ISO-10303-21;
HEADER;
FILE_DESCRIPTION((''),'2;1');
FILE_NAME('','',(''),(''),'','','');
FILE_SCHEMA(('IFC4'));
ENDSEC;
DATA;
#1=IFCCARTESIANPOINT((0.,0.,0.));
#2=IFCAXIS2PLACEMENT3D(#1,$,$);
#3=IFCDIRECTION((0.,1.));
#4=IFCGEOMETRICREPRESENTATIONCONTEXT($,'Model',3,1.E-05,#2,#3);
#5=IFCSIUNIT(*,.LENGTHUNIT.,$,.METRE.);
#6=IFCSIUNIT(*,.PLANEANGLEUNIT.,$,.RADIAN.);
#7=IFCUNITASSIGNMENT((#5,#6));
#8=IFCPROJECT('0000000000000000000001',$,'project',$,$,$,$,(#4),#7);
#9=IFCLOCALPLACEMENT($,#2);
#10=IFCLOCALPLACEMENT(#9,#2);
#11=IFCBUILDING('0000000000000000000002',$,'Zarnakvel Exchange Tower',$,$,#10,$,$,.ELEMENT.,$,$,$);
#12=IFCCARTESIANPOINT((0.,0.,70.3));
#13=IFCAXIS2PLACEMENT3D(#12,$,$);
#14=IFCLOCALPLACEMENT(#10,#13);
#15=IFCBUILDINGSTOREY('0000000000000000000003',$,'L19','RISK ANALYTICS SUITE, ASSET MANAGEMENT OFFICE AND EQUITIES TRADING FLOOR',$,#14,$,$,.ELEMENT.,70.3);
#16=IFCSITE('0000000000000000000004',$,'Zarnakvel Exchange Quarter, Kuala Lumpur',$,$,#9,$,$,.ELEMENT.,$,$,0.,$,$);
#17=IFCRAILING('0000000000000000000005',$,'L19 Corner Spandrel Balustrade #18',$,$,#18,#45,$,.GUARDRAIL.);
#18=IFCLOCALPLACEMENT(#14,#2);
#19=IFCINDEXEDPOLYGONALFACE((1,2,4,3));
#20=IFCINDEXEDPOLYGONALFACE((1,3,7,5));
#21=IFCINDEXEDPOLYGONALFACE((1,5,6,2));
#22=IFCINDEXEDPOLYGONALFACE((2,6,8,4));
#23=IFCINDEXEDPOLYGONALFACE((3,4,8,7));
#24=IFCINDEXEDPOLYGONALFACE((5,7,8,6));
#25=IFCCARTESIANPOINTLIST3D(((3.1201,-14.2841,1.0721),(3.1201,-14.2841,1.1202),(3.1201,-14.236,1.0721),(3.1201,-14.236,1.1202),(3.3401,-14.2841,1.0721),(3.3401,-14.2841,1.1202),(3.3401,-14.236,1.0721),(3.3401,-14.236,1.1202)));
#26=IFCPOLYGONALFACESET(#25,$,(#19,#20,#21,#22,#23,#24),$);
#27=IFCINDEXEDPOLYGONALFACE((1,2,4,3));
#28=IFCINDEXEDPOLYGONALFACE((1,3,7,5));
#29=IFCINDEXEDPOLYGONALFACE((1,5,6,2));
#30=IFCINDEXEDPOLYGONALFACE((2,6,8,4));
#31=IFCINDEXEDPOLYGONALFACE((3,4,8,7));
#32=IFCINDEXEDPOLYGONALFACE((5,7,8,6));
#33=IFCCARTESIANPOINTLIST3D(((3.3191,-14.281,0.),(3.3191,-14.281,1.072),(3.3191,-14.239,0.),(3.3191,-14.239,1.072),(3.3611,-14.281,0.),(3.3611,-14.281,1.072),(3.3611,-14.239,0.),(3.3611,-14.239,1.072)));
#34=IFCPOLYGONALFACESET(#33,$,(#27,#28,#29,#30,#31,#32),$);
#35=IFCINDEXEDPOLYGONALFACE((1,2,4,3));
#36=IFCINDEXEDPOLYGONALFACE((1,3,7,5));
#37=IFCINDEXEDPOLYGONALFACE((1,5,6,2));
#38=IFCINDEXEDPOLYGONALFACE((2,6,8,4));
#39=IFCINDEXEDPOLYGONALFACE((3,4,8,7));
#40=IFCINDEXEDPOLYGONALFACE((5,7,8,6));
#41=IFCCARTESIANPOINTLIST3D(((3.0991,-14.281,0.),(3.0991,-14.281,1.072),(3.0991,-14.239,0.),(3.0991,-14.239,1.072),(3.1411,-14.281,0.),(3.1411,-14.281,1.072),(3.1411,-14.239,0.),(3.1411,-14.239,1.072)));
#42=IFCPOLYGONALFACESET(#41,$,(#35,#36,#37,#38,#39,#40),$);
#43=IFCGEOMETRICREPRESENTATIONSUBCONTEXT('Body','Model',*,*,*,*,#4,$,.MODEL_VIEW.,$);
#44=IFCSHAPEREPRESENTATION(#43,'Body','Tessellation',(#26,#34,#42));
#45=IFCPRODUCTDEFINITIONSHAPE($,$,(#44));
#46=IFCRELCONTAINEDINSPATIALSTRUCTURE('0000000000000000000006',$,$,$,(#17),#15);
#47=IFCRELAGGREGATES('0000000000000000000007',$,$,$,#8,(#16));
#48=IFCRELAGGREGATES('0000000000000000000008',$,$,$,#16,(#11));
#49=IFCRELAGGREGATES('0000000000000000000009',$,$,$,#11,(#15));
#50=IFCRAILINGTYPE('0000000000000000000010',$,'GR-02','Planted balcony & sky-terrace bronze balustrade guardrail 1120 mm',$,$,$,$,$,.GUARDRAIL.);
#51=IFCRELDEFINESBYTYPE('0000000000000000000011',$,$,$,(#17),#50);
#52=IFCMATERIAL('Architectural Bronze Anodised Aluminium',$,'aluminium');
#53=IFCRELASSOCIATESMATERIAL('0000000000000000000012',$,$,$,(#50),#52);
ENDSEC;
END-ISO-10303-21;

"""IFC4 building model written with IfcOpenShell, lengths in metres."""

from ifc_helpers import new_model, si_unit, direction, frame, origin, origin_2d, place, context, subcontext, project, spatial, rectangle, extrude, material, type_object, element, save


model = new_model("IFC4")

# Units and contexts
model_context = context("Model", 3, precision=1e-05, world=origin(), true_north=direction((0.0, 1.0)))
body_context = subcontext(model_context, "Body", "Model", "MODEL_VIEW")
ifc_project = project(units=[si_unit("LENGTHUNIT", "METRE"), si_unit("PLANEANGLEUNIT", "RADIAN")], contexts=[model_context])

# Site, building, storey
site_placement = place(None, origin())
site = spatial("IfcSite", under=ifc_project, at=site_placement, Name="Zarnakvel Exchange Quarter, Kuala Lumpur", CompositionType="ELEMENT", RefElevation=0.0)
building_placement = place(site_placement, origin())
building = spatial("IfcBuilding", under=site, at=building_placement, Name="Zarnakvel Exchange Tower", CompositionType="ELEMENT")
storey_placement = place(building_placement, frame((0.0, 0.0, 70.3)))
storey = spatial("IfcBuildingStorey", under=building, at=storey_placement, Name="L19", Description="RISK ANALYTICS SUITE, ASSET MANAGEMENT OFFICE AND EQUITIES TRADING FLOOR", CompositionType="ELEMENT", Elevation=70.3)

# Railing
ifc_material_1 = material(Name="Architectural Bronze Anodised Aluminium", Category="aluminium")
railing_type = type_object("IfcRailingType", Name="GR-02", Description="Planted balcony & sky-terrace bronze balustrade guardrail 1120 mm", PredefinedType="GUARDRAIL", material=ifc_material_1)
railing_placement = place(storey_placement, frame((3.3401, -14.26, 0.0)))
element("IfcRailing", 1, at=railing_placement, inside=storey, type_object=railing_type, Name="L19 Corner Spandrel Balustrade #18", PredefinedType="GUARDRAIL", context=body_context, shape_type="SweptSolid", body=[
    extrude(rectangle(XDim=0.0481, YDim=0.0481, at=origin_2d()), frame((0.0, 0.0, 1.0962), z_axis=(-1.0, 0.0, 0.0), x_axis=(0.0, -1.0, 0.0)), (0.0, 0.0, 1.0), 0.22),
    extrude(rectangle(XDim=0.042, YDim=0.042, at=origin_2d()), origin(), (0.0, 0.0, 1.0), 1.072),
    extrude(rectangle(XDim=0.042, YDim=0.042, at=origin_2d()), frame((-0.22, 0.0, 0.0)), (0.0, 0.0, 1.0), 1.072),
])

save(model, "model.ifc")
